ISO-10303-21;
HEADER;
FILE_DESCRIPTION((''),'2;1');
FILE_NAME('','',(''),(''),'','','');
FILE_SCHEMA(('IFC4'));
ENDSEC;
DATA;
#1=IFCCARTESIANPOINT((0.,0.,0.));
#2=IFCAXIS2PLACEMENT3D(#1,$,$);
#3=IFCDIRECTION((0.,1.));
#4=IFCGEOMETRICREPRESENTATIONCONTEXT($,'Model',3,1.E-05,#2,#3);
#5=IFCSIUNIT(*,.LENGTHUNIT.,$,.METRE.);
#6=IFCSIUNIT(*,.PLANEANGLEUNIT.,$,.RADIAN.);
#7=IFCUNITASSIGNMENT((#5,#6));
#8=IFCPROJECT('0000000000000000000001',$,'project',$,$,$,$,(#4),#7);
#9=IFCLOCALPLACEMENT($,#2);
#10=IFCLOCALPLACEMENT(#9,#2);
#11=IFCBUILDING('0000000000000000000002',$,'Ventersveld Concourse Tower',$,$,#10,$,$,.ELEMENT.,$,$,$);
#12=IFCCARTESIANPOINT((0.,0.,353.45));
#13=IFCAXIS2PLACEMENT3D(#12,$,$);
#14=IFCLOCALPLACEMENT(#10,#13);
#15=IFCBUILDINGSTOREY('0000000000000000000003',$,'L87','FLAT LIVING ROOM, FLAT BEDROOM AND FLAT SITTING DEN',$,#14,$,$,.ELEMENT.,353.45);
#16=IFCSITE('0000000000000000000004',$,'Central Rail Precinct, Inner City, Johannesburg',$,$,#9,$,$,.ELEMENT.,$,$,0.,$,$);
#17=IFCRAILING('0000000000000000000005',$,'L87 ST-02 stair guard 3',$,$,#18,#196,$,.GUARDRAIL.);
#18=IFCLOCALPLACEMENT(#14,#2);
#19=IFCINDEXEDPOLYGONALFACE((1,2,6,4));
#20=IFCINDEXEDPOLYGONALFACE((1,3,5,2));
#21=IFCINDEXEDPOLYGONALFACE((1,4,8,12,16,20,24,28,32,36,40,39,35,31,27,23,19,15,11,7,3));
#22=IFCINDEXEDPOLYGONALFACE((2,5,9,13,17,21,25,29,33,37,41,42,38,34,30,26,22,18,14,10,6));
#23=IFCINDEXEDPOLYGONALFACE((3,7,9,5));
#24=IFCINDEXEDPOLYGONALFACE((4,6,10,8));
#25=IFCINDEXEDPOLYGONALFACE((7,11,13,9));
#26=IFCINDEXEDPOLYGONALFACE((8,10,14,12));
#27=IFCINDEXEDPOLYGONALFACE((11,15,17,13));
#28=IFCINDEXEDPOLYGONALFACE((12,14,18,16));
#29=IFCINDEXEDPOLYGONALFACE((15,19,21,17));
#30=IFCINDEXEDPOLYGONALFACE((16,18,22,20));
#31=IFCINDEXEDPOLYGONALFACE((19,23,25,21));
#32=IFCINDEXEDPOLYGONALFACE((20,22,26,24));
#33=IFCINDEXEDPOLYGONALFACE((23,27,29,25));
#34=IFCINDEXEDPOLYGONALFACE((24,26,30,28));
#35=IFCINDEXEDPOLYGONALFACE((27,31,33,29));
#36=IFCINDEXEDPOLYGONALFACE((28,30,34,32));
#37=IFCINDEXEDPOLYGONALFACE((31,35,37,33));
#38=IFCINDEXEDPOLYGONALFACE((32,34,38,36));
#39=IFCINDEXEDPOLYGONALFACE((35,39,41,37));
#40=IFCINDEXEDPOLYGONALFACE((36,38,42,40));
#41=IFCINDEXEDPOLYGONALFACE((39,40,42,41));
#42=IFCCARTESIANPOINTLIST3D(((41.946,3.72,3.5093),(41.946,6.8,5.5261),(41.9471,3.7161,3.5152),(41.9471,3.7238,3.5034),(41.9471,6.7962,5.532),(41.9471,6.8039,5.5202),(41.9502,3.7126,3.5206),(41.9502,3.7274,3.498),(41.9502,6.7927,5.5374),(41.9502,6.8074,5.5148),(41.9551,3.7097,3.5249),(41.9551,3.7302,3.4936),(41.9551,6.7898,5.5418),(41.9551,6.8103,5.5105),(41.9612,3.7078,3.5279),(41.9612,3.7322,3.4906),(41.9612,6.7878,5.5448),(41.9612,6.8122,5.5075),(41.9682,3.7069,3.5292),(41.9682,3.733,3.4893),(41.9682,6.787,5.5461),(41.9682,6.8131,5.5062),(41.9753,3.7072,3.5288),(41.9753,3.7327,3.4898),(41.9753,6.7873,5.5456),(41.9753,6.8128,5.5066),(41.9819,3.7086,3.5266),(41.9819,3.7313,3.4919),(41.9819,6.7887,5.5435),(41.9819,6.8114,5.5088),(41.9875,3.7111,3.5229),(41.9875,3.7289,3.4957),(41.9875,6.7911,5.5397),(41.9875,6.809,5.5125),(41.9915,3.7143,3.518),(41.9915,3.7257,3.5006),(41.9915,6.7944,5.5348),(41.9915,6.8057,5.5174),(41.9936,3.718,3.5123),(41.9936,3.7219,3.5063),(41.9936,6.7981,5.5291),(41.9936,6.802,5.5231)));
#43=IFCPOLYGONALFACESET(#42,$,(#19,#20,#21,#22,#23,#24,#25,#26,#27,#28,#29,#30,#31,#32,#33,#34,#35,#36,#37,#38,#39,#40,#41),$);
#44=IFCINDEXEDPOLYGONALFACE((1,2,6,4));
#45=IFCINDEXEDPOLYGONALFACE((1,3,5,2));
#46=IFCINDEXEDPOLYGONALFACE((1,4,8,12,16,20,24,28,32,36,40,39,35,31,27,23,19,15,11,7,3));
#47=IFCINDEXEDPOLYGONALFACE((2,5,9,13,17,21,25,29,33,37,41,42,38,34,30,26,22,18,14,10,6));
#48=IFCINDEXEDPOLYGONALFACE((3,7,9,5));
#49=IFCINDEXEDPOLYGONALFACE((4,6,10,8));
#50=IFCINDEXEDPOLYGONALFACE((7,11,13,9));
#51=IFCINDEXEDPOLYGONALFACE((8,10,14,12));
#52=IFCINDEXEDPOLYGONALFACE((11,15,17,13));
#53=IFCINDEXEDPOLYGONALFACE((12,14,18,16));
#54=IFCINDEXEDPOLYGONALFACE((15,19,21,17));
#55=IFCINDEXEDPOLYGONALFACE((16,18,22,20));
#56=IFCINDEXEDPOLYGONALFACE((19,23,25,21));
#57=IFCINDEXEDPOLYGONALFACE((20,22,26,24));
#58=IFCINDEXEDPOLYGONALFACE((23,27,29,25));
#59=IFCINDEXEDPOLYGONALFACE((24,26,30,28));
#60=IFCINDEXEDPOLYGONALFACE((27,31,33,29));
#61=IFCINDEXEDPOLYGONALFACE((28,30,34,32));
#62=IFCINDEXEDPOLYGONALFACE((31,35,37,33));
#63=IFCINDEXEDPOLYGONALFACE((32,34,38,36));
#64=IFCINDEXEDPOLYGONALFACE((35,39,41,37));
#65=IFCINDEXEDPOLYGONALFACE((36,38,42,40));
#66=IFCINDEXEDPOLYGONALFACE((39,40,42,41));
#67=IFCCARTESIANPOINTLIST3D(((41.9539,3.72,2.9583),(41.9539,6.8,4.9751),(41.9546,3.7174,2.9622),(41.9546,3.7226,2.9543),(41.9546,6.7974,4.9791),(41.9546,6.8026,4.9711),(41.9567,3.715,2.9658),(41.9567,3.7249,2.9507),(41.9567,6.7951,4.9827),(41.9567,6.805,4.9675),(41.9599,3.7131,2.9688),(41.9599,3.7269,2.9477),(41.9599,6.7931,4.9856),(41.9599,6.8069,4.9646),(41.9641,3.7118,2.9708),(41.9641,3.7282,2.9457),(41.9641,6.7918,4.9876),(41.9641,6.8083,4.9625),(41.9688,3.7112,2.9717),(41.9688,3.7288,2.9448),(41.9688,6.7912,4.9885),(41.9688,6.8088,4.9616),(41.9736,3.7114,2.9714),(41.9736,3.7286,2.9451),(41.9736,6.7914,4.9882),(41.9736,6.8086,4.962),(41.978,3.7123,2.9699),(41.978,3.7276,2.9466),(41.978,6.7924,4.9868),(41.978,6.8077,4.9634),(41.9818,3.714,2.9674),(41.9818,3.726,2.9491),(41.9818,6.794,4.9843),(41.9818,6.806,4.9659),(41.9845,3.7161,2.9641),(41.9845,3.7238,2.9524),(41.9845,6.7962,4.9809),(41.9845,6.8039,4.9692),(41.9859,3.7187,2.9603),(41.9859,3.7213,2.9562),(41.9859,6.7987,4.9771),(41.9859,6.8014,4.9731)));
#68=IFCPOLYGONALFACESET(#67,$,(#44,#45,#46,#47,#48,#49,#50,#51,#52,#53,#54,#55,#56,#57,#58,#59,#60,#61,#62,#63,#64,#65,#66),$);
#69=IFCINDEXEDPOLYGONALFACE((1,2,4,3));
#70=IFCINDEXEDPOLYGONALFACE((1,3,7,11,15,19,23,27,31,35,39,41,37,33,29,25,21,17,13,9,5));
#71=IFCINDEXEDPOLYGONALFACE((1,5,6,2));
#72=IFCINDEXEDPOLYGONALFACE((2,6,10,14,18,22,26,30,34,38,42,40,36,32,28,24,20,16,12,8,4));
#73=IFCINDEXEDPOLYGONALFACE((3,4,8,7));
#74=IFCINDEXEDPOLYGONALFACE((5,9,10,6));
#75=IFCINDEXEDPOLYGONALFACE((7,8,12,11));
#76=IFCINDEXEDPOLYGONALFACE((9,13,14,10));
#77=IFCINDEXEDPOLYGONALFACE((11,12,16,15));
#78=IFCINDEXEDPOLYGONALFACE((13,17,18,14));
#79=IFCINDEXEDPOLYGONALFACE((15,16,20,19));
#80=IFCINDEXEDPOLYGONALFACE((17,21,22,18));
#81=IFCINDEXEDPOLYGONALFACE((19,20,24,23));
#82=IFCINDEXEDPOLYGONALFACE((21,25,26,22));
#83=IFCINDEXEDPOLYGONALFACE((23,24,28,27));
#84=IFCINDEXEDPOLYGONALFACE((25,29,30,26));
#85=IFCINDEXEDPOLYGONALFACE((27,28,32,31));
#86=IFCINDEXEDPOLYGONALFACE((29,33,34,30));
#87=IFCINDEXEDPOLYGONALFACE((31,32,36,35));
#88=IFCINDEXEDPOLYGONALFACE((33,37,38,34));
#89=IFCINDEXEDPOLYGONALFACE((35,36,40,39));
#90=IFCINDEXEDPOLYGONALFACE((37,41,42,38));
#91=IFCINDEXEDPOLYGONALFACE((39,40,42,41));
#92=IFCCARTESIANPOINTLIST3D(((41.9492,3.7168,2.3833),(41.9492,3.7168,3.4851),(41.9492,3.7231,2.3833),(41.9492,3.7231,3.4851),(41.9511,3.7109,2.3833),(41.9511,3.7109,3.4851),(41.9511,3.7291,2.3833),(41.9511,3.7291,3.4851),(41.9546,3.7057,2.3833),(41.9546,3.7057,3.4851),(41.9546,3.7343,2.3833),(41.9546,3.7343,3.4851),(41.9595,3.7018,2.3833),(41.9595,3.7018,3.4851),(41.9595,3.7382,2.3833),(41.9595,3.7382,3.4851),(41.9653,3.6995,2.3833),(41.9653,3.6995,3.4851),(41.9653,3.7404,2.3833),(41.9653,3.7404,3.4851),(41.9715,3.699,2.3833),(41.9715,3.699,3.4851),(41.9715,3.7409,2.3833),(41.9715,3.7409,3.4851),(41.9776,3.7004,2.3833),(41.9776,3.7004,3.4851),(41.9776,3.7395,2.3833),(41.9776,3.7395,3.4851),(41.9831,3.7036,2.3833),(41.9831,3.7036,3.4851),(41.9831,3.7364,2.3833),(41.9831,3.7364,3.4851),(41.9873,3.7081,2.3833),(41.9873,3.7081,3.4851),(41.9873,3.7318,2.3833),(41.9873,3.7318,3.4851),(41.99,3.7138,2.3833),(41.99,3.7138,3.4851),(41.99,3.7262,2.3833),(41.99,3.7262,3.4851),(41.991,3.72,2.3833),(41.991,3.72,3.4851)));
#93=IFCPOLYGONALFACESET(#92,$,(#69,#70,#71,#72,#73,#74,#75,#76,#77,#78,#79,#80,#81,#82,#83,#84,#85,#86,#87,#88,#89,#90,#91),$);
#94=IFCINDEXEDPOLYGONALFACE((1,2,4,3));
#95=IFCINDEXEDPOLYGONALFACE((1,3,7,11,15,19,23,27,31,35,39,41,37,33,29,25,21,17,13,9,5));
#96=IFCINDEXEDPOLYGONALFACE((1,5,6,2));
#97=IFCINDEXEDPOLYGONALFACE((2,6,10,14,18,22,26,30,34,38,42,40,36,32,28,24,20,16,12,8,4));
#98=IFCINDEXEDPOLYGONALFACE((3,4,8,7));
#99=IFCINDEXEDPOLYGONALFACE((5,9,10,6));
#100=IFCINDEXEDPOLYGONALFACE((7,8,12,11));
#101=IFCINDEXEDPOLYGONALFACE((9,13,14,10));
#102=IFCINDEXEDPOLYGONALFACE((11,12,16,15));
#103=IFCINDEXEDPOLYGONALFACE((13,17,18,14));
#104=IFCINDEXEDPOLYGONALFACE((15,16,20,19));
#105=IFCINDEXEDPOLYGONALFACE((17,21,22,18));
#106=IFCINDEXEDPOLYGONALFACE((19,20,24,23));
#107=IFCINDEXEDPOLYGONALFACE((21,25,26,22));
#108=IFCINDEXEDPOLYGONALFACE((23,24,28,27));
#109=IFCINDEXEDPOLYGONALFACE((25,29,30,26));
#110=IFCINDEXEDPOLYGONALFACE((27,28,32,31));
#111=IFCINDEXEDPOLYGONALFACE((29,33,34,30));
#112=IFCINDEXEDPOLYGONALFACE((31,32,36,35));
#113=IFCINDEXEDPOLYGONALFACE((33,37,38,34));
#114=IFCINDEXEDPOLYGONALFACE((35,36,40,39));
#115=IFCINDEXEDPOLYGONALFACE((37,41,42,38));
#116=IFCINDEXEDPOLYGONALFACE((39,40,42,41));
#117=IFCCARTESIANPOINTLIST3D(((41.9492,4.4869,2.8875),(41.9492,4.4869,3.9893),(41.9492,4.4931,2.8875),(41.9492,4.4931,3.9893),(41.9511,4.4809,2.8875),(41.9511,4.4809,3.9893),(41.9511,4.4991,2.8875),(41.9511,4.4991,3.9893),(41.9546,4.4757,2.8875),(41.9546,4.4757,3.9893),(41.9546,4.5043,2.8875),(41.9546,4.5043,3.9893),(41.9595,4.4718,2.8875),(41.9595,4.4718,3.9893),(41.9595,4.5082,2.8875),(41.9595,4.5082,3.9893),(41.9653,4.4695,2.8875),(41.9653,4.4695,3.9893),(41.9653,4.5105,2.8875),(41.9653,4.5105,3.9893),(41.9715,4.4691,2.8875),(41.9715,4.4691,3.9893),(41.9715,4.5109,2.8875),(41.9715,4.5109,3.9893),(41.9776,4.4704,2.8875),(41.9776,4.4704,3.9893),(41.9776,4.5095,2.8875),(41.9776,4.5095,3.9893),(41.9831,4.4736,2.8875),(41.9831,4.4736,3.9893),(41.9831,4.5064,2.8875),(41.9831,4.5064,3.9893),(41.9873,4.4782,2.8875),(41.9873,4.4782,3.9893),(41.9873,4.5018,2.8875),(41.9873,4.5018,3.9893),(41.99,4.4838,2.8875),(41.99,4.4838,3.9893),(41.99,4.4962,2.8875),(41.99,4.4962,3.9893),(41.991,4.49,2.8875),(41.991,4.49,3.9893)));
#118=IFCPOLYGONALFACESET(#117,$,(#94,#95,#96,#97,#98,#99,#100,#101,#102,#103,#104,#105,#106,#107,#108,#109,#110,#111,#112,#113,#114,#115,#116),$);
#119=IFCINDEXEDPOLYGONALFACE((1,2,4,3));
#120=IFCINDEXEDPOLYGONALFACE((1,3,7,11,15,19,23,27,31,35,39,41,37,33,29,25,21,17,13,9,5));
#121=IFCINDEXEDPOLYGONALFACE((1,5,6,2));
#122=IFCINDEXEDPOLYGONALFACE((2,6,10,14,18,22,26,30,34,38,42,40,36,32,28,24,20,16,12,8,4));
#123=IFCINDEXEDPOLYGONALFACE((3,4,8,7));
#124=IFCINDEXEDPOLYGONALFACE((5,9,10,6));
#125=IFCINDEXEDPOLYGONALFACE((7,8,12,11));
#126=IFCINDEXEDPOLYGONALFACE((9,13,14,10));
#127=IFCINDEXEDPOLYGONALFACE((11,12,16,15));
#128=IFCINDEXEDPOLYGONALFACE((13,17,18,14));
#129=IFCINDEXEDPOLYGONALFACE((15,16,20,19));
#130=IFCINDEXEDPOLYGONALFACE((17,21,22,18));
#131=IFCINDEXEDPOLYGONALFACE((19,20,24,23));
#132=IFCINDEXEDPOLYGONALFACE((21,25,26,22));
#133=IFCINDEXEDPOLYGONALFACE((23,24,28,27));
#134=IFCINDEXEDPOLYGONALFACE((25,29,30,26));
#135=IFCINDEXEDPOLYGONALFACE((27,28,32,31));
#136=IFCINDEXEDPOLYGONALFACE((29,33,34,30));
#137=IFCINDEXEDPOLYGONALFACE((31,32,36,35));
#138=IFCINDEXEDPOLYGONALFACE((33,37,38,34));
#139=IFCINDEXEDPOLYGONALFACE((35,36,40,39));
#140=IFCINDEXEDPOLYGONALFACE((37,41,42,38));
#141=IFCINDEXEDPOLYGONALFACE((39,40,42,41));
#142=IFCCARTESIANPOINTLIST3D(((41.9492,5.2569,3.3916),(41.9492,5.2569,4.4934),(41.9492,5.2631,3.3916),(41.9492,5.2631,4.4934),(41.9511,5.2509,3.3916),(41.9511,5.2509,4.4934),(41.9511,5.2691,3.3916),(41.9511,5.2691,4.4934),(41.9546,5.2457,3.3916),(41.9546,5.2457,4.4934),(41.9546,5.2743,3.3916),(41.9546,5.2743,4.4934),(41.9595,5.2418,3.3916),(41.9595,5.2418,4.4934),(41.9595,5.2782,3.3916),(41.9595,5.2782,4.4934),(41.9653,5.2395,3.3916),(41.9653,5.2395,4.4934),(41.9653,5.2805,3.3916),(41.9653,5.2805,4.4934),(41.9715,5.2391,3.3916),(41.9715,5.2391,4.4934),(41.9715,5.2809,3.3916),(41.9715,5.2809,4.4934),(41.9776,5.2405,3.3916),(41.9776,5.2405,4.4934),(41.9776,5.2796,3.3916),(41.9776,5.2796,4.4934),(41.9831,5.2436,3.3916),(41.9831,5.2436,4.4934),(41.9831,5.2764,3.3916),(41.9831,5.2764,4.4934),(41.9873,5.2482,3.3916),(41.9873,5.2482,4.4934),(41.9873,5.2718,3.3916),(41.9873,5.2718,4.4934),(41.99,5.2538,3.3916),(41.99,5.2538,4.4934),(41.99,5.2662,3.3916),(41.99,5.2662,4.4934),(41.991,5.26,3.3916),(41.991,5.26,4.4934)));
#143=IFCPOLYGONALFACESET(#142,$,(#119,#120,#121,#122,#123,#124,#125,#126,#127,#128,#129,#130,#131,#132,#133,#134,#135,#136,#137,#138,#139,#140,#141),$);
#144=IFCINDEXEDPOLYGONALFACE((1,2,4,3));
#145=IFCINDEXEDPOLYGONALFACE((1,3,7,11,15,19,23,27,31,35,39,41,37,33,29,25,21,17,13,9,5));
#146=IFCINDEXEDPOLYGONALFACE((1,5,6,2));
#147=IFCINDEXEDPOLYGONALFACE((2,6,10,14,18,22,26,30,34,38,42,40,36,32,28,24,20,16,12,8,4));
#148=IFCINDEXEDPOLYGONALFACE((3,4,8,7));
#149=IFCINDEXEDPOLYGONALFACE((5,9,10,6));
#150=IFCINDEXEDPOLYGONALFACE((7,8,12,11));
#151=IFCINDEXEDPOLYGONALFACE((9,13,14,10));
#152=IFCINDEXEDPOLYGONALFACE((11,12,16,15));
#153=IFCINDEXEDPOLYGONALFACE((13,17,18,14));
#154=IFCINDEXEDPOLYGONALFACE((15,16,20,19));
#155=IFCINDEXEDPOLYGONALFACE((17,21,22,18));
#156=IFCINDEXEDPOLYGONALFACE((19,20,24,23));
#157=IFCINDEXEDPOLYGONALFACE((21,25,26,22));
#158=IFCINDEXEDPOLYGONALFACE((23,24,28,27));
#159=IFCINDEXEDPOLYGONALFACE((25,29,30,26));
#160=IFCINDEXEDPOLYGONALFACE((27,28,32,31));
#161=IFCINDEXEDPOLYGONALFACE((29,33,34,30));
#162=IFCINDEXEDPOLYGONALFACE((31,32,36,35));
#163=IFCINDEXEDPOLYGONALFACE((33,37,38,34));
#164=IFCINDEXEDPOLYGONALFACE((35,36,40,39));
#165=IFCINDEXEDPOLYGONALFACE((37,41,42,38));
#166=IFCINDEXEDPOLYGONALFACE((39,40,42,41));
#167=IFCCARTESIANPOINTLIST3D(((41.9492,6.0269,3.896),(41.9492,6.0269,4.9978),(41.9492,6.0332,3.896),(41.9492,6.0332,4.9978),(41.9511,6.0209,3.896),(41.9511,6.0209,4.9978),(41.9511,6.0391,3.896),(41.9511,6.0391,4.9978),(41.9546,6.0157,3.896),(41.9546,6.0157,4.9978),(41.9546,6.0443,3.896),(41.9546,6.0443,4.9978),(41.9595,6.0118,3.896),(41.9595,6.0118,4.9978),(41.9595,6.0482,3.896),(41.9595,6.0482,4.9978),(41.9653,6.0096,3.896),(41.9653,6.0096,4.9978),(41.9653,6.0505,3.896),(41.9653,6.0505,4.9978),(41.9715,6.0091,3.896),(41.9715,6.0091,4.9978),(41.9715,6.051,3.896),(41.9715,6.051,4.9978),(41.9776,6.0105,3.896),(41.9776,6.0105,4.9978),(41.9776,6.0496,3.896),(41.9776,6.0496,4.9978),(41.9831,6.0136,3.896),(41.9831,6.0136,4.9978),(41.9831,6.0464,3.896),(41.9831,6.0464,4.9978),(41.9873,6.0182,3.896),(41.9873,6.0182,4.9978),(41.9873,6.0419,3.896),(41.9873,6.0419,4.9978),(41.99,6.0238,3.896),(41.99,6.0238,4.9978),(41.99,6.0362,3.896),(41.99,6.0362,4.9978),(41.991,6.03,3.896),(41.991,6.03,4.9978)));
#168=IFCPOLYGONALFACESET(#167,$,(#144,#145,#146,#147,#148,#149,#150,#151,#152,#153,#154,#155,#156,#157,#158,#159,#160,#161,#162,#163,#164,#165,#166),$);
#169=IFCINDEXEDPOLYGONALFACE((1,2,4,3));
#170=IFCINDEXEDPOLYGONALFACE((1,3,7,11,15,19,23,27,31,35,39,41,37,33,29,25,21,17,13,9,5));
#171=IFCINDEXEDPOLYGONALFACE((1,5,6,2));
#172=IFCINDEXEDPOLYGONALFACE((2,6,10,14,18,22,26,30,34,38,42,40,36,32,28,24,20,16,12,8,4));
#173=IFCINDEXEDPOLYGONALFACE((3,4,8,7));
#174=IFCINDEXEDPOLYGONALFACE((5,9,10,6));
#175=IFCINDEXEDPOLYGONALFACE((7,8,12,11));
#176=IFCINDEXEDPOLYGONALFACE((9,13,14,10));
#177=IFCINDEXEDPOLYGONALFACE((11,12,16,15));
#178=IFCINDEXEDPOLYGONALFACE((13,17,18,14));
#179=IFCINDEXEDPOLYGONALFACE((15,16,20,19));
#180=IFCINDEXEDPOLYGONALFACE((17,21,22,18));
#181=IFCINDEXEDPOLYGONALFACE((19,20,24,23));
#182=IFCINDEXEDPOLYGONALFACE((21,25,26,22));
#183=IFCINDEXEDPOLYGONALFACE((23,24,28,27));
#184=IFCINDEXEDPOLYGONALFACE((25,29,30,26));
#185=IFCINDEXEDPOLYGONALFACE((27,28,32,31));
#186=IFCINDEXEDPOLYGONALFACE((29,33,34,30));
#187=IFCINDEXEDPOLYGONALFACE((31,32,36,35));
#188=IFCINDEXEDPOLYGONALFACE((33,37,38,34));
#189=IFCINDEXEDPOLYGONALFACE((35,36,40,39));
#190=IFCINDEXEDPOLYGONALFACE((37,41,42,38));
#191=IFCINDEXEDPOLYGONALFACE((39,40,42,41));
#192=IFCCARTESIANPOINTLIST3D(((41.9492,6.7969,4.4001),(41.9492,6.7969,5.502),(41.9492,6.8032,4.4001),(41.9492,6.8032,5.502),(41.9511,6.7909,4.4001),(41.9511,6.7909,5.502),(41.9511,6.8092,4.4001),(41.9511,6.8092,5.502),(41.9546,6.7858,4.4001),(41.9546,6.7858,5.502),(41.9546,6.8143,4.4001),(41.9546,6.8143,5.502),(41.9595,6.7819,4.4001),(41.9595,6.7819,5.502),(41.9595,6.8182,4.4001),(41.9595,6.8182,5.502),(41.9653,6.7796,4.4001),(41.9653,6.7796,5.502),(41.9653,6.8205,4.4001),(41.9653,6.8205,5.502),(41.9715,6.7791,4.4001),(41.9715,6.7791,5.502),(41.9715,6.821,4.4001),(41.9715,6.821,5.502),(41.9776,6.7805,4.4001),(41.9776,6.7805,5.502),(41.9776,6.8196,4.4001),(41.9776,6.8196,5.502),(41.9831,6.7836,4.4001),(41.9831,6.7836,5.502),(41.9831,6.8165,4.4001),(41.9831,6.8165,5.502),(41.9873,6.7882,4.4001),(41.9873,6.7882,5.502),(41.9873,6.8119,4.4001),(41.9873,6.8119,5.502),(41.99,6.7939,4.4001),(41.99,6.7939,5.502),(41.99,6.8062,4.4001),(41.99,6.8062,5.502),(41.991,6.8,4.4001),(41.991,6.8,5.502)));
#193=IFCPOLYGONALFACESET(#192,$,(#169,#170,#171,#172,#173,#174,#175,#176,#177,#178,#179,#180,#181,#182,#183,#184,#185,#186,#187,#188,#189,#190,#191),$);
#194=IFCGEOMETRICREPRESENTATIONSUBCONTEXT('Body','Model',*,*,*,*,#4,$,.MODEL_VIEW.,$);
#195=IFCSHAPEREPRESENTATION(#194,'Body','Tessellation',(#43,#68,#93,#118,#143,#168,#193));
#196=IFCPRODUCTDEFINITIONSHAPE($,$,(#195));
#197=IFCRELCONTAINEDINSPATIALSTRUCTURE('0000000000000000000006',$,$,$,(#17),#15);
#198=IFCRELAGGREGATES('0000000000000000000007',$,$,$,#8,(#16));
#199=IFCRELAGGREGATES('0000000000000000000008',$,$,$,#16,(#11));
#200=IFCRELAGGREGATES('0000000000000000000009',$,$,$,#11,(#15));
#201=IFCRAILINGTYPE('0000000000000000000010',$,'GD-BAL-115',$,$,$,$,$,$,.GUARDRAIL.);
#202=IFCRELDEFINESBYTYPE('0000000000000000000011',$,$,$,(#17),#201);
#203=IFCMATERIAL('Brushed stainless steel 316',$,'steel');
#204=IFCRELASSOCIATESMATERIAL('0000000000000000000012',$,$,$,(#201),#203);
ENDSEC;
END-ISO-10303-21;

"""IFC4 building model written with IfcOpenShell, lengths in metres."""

from ifc_helpers import new_model, si_unit, direction, frame, origin, origin_2d, place, context, subcontext, project, spatial, circle, extrude, material, type_object, element, save


model = new_model("IFC4")

# Units and contexts
model_context = context("Model", 3, precision=1e-05, world=origin(), true_north=direction((0.0, 1.0)))
body_context = subcontext(model_context, "Body", "Model", "MODEL_VIEW")
ifc_project = project(units=[si_unit("LENGTHUNIT", "METRE"), si_unit("PLANEANGLEUNIT", "RADIAN")], contexts=[model_context])

# Site, building, storey
site_placement = place(None, origin())
site = spatial("IfcSite", under=ifc_project, at=site_placement, Name="Central Rail Precinct, Inner City, Johannesburg", CompositionType="ELEMENT", RefElevation=0.0)
building_placement = place(site_placement, origin())
building = spatial("IfcBuilding", under=site, at=building_placement, Name="Ventersveld Concourse Tower", CompositionType="ELEMENT")
storey_placement = place(building_placement, frame((0.0, 0.0, 353.45)))
storey = spatial("IfcBuildingStorey", under=building, at=storey_placement, Name="L87", Description="FLAT LIVING ROOM, FLAT BEDROOM AND FLAT SITTING DEN", CompositionType="ELEMENT", Elevation=353.45)

# Shared definitions
ifc_material_1 = material(Name="Brushed stainless steel 316", Category="steel")

# Railing
railing_type_1 = type_object("IfcRailingType", Name="GD-BAL-115", PredefinedType="GUARDRAIL", material=ifc_material_1)
railing_1_placement = place(storey_placement, frame((41.97, 3.72, 2.3833)))
element("IfcRailing", 1, at=railing_1_placement, inside=storey, type_object=railing_type_1, Name="L87 ST-02 stair guard 3", PredefinedType="GUARDRAIL", context=body_context, shape_type="SweptSolid", body=[
    extrude(circle(Radius=0.0239, at=origin_2d()), frame((0.0, 0.0, 1.126), z_axis=(0.0, 0.836603, 0.54781), x_axis=(-1.0, 0.0, 0.0)), (0.0, 0.0, 1.0), 3.6816),
    extrude(circle(Radius=0.0161, at=origin_2d()), frame((0.0, 0.0, 0.575), z_axis=(0.0, 0.836603, 0.54781), x_axis=(-1.0, 0.0, 0.0)), (0.0, 0.0, 1.0), 3.6816),
    extrude(circle(Radius=0.021, at=origin_2d()), origin(), (0.0, 0.0, 1.0), 1.1018),
    extrude(circle(Radius=0.021, at=origin_2d()), frame((0.0, 0.77, 0.5042)), (0.0, 0.0, 1.0), 1.1018),
    extrude(circle(Radius=0.021, at=origin_2d()), frame((0.0, 1.54, 1.0083)), (0.0, 0.0, 1.0), 1.1018),
    extrude(circle(Radius=0.021, at=origin_2d()), frame((0.0, 2.3101, 1.5127)), (0.0, 0.0, 1.0), 1.1018),
    extrude(circle(Radius=0.021, at=origin_2d()), frame((0.0, 3.0801, 2.0168)), (0.0, 0.0, 1.0), 1.1018),
])

save(model, "model.ifc")
